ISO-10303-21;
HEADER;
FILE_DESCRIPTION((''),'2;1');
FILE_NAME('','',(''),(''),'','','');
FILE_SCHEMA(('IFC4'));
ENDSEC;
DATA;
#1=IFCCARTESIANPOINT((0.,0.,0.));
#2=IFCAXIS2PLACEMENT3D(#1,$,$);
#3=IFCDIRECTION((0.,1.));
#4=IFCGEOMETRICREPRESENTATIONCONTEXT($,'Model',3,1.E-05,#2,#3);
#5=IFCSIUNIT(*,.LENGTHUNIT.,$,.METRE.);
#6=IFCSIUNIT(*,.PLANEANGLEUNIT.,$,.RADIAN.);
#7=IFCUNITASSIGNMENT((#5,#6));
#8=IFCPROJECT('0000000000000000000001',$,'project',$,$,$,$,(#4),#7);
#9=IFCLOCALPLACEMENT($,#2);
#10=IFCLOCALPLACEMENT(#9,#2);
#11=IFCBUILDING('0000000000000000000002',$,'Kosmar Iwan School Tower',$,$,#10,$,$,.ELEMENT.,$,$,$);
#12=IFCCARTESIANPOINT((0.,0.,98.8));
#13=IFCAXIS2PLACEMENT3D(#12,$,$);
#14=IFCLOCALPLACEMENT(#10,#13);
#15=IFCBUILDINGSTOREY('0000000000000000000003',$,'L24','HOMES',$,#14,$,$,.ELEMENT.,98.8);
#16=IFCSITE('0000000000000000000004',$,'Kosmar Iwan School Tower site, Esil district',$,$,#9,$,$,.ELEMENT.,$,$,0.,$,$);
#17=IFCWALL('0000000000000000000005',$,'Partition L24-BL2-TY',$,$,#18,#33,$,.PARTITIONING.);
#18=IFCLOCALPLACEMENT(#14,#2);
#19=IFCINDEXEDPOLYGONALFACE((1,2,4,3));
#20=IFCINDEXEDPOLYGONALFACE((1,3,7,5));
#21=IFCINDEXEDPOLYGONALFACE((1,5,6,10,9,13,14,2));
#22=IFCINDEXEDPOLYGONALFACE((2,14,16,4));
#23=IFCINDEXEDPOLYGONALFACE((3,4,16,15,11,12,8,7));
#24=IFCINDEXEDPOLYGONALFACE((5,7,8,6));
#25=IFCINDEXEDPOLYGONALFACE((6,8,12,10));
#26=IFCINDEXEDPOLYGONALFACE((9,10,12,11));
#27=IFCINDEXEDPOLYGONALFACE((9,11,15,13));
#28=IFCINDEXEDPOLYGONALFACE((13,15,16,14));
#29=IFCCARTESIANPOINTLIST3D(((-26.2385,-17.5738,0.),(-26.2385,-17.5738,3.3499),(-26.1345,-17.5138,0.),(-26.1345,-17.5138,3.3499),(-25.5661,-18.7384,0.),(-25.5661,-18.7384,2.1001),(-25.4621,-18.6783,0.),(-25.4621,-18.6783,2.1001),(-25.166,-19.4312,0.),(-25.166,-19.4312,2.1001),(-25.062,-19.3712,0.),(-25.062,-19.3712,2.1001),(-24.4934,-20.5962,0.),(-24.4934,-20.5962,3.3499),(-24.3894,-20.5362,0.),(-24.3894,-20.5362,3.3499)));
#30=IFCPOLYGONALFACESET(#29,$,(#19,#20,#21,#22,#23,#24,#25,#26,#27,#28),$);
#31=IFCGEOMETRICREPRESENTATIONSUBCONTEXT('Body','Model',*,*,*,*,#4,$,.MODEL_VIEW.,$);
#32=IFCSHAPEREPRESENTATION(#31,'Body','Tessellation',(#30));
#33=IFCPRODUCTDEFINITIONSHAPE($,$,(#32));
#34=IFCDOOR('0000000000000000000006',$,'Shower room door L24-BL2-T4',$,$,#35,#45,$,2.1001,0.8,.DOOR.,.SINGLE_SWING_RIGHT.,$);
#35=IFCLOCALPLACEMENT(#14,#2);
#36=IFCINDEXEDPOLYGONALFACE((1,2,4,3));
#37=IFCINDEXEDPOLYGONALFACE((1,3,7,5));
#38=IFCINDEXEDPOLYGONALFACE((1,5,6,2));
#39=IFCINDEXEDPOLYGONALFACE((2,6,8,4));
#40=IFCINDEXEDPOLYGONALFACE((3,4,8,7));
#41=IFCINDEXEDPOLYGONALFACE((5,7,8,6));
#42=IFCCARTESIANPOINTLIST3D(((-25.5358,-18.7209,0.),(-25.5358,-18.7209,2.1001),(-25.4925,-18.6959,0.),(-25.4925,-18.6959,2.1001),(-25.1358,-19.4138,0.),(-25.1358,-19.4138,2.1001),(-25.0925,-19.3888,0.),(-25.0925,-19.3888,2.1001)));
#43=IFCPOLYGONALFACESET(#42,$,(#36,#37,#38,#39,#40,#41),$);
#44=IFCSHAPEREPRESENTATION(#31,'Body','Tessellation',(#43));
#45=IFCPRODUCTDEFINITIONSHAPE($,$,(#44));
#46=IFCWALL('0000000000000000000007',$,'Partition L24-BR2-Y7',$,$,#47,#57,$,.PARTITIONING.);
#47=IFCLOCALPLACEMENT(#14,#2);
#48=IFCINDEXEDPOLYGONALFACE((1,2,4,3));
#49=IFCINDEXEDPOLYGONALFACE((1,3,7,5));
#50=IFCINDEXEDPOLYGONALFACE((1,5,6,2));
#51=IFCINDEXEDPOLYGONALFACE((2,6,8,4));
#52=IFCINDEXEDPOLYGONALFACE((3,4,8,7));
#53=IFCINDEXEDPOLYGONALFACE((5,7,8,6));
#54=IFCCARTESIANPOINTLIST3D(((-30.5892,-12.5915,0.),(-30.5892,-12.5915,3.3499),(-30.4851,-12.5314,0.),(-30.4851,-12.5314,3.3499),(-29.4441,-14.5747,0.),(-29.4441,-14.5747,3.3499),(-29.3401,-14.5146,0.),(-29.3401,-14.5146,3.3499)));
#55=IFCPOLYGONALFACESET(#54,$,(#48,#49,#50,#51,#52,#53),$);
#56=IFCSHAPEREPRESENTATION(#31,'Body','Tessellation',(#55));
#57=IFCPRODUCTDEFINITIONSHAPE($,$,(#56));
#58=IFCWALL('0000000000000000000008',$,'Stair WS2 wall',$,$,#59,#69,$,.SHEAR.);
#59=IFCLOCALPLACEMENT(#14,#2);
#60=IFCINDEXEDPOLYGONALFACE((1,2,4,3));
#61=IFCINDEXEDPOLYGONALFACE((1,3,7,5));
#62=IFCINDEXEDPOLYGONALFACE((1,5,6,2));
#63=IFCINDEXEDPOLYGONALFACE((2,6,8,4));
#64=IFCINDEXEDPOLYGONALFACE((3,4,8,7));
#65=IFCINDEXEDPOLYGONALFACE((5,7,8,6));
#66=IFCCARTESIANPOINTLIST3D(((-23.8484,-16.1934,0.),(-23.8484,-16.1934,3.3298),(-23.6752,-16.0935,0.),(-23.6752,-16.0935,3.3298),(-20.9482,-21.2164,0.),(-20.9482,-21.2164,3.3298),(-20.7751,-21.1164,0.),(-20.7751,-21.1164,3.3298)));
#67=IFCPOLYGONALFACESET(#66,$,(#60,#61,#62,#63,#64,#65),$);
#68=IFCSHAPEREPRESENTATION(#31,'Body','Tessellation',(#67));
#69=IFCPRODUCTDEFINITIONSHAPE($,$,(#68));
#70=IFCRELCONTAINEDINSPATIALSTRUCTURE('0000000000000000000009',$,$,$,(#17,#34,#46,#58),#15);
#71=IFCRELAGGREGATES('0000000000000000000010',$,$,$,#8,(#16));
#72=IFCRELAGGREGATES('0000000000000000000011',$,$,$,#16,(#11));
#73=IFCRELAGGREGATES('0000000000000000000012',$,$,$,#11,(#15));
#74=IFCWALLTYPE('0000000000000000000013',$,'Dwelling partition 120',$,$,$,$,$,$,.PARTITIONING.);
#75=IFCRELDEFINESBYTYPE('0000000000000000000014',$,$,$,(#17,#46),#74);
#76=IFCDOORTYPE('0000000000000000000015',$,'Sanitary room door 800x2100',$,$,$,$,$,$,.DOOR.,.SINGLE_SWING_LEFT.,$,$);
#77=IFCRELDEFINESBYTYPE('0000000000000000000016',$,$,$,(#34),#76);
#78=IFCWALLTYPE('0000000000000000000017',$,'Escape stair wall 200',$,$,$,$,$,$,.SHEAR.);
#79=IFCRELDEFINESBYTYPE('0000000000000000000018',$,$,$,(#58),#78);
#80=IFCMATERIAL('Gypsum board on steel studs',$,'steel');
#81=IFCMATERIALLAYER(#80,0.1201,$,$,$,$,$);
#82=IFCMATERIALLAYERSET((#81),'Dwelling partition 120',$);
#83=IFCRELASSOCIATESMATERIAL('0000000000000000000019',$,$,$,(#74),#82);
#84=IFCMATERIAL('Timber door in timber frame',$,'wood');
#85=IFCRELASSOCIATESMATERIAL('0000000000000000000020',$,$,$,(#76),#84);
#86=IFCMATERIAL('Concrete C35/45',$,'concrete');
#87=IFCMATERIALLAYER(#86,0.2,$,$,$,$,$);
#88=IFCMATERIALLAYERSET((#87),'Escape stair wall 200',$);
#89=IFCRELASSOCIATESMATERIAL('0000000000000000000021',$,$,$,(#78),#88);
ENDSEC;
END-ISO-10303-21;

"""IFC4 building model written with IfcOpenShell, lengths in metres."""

from ifc_helpers import new_model, si_unit, direction, frame, frame_2d, origin, place, context, subcontext, project, spatial, rectangle, extrude, material, layer, layer_set, type_object, element, fill, save


model = new_model("IFC4")

# Units and contexts
model_context = context("Model", 3, precision=1e-05, world=origin(), true_north=direction((0.0, 1.0)))
body_context = subcontext(model_context, "Body", "Model", "MODEL_VIEW")
ifc_project = project(units=[si_unit("LENGTHUNIT", "METRE"), si_unit("PLANEANGLEUNIT", "RADIAN")], contexts=[model_context])

# Site, building, storey
site_placement = place(None, origin())
site = spatial("IfcSite", under=ifc_project, at=site_placement, Name="Kosmar Iwan School Tower site, Esil district", CompositionType="ELEMENT", RefElevation=0.0)
building_placement = place(site_placement, origin())
building = spatial("IfcBuilding", under=site, at=building_placement, Name="Kosmar Iwan School Tower", CompositionType="ELEMENT")
storey_placement = place(building_placement, frame((0.0, 0.0, 98.8)))
storey = spatial("IfcBuildingStorey", under=building, at=storey_placement, Name="L24", Description="HOMES", CompositionType="ELEMENT", Elevation=98.8)

# Wall, opening, door
ifc_material_1 = material(Name="Gypsum board on steel studs", Category="steel")
ifc_layer_1 = layer(ifc_material_1, 0.1201)
ifc_layer_set_1 = layer_set([ifc_layer_1], Name="Dwelling partition 120")
wall_type_1 = type_object("IfcWallType", Name="Dwelling partition 120", PredefinedType="PARTITIONING", material=ifc_layer_set_1)
wall_1_placement = place(storey_placement, frame((-26.1865, -17.5437, 0.0), z_axis=(0.0, 0.0, 1.0), x_axis=(0.500021, -0.866013, 0.0)))
wall_1 = element("IfcWall", 1, at=wall_1_placement, inside=storey, type_object=wall_type_1, Name="Partition L24-BL2-TY", PredefinedType="PARTITIONING", context=body_context, shape_type="SweptSolid", body=[
    extrude(rectangle(XDim=3.49, YDim=0.1201, at=frame_2d((1.7451, 0.0))), origin(), (0.0, 0.0, 1.0), 3.3499),
])
opening_1_placement = place(wall_1_placement, frame((1.345, 0.0, 0.0)))
opening_1 = element("IfcOpeningElement", 2, at=opening_1_placement, cuts=wall_1, PredefinedType="OPENING", context=body_context, shape_type="SweptSolid", body=[
    extrude(rectangle(XDim=0.8, YDim=2.1001, at=frame_2d((0.3999, 1.05))), frame((0.0, 0.072, 0.0), z_axis=(0.0, -1.0, 0.0), x_axis=(1.0, 0.0, 0.0)), (0.0, 0.0, 1.0), 0.144),
])
ifc_material_2 = material(Name="Timber door in timber frame", Category="wood")
door_type_1 = type_object("IfcDoorType", Name="Sanitary room door 800x2100", OperationType="SINGLE_SWING_LEFT", PredefinedType="DOOR", material=ifc_material_2)
door_1_placement = place(opening_1_placement, origin())
door_1 = element("IfcDoor", 3, at=door_1_placement, inside=storey, type_object=door_type_1, Name="Shower room door L24-BL2-T4", OperationType="SINGLE_SWING_RIGHT", OverallHeight=2.1001, OverallWidth=0.8, PredefinedType="DOOR", context=body_context, shape_type="SweptSolid", body=[
    extrude(rectangle(XDim=0.8, YDim=2.1001, at=frame_2d((0.3999, 1.05))), frame((0.0, 0.0249, 0.0), z_axis=(0.0, -1.0, 0.0), x_axis=(1.0, 0.0, 0.0)), (0.0, 0.0, 1.0), 0.05),
])
fill(opening_1, door_1)

# Walls
wall_2_placement = place(storey_placement, frame((-29.3921, -14.5447, 0.0), z_axis=(0.0, 0.0, 1.0), x_axis=(-0.500015, 0.866017, 0.0)))
element("IfcWall", 4, at=wall_2_placement, inside=storey, type_object=wall_type_1, Name="Partition L24-BR2-Y7", PredefinedType="PARTITIONING", context=body_context, shape_type="SweptSolid", body=[
    extrude(rectangle(XDim=2.29, YDim=0.1201, at=frame_2d((1.145, 0.0))), origin(), (0.0, 0.0, 1.0), 3.3499),
])
ifc_material_3 = material(Name="Concrete C35/45", Category="concrete")
ifc_layer_2 = layer(ifc_material_3, 0.2)
ifc_layer_set_2 = layer_set([ifc_layer_2], Name="Escape stair wall 200")
wall_type_2 = type_object("IfcWallType", Name="Escape stair wall 200", PredefinedType="SHEAR", material=ifc_layer_set_2)
wall_3_placement = place(storey_placement, frame((-23.7617, -16.1436, 0.0), z_axis=(0.0, 0.0, 1.0), x_axis=(0.500019, -0.866015, 0.0)))
element("IfcWall", 5, at=wall_3_placement, inside=storey, type_object=wall_type_2, Name="Stair WS2 wall", PredefinedType="SHEAR", context=body_context, shape_type="SweptSolid", body=[
    extrude(rectangle(XDim=5.8, YDim=0.2, at=frame_2d((2.8999, 0.0))), origin(), (0.0, 0.0, 1.0), 3.3298),
])

save(model, "model.ifc")
